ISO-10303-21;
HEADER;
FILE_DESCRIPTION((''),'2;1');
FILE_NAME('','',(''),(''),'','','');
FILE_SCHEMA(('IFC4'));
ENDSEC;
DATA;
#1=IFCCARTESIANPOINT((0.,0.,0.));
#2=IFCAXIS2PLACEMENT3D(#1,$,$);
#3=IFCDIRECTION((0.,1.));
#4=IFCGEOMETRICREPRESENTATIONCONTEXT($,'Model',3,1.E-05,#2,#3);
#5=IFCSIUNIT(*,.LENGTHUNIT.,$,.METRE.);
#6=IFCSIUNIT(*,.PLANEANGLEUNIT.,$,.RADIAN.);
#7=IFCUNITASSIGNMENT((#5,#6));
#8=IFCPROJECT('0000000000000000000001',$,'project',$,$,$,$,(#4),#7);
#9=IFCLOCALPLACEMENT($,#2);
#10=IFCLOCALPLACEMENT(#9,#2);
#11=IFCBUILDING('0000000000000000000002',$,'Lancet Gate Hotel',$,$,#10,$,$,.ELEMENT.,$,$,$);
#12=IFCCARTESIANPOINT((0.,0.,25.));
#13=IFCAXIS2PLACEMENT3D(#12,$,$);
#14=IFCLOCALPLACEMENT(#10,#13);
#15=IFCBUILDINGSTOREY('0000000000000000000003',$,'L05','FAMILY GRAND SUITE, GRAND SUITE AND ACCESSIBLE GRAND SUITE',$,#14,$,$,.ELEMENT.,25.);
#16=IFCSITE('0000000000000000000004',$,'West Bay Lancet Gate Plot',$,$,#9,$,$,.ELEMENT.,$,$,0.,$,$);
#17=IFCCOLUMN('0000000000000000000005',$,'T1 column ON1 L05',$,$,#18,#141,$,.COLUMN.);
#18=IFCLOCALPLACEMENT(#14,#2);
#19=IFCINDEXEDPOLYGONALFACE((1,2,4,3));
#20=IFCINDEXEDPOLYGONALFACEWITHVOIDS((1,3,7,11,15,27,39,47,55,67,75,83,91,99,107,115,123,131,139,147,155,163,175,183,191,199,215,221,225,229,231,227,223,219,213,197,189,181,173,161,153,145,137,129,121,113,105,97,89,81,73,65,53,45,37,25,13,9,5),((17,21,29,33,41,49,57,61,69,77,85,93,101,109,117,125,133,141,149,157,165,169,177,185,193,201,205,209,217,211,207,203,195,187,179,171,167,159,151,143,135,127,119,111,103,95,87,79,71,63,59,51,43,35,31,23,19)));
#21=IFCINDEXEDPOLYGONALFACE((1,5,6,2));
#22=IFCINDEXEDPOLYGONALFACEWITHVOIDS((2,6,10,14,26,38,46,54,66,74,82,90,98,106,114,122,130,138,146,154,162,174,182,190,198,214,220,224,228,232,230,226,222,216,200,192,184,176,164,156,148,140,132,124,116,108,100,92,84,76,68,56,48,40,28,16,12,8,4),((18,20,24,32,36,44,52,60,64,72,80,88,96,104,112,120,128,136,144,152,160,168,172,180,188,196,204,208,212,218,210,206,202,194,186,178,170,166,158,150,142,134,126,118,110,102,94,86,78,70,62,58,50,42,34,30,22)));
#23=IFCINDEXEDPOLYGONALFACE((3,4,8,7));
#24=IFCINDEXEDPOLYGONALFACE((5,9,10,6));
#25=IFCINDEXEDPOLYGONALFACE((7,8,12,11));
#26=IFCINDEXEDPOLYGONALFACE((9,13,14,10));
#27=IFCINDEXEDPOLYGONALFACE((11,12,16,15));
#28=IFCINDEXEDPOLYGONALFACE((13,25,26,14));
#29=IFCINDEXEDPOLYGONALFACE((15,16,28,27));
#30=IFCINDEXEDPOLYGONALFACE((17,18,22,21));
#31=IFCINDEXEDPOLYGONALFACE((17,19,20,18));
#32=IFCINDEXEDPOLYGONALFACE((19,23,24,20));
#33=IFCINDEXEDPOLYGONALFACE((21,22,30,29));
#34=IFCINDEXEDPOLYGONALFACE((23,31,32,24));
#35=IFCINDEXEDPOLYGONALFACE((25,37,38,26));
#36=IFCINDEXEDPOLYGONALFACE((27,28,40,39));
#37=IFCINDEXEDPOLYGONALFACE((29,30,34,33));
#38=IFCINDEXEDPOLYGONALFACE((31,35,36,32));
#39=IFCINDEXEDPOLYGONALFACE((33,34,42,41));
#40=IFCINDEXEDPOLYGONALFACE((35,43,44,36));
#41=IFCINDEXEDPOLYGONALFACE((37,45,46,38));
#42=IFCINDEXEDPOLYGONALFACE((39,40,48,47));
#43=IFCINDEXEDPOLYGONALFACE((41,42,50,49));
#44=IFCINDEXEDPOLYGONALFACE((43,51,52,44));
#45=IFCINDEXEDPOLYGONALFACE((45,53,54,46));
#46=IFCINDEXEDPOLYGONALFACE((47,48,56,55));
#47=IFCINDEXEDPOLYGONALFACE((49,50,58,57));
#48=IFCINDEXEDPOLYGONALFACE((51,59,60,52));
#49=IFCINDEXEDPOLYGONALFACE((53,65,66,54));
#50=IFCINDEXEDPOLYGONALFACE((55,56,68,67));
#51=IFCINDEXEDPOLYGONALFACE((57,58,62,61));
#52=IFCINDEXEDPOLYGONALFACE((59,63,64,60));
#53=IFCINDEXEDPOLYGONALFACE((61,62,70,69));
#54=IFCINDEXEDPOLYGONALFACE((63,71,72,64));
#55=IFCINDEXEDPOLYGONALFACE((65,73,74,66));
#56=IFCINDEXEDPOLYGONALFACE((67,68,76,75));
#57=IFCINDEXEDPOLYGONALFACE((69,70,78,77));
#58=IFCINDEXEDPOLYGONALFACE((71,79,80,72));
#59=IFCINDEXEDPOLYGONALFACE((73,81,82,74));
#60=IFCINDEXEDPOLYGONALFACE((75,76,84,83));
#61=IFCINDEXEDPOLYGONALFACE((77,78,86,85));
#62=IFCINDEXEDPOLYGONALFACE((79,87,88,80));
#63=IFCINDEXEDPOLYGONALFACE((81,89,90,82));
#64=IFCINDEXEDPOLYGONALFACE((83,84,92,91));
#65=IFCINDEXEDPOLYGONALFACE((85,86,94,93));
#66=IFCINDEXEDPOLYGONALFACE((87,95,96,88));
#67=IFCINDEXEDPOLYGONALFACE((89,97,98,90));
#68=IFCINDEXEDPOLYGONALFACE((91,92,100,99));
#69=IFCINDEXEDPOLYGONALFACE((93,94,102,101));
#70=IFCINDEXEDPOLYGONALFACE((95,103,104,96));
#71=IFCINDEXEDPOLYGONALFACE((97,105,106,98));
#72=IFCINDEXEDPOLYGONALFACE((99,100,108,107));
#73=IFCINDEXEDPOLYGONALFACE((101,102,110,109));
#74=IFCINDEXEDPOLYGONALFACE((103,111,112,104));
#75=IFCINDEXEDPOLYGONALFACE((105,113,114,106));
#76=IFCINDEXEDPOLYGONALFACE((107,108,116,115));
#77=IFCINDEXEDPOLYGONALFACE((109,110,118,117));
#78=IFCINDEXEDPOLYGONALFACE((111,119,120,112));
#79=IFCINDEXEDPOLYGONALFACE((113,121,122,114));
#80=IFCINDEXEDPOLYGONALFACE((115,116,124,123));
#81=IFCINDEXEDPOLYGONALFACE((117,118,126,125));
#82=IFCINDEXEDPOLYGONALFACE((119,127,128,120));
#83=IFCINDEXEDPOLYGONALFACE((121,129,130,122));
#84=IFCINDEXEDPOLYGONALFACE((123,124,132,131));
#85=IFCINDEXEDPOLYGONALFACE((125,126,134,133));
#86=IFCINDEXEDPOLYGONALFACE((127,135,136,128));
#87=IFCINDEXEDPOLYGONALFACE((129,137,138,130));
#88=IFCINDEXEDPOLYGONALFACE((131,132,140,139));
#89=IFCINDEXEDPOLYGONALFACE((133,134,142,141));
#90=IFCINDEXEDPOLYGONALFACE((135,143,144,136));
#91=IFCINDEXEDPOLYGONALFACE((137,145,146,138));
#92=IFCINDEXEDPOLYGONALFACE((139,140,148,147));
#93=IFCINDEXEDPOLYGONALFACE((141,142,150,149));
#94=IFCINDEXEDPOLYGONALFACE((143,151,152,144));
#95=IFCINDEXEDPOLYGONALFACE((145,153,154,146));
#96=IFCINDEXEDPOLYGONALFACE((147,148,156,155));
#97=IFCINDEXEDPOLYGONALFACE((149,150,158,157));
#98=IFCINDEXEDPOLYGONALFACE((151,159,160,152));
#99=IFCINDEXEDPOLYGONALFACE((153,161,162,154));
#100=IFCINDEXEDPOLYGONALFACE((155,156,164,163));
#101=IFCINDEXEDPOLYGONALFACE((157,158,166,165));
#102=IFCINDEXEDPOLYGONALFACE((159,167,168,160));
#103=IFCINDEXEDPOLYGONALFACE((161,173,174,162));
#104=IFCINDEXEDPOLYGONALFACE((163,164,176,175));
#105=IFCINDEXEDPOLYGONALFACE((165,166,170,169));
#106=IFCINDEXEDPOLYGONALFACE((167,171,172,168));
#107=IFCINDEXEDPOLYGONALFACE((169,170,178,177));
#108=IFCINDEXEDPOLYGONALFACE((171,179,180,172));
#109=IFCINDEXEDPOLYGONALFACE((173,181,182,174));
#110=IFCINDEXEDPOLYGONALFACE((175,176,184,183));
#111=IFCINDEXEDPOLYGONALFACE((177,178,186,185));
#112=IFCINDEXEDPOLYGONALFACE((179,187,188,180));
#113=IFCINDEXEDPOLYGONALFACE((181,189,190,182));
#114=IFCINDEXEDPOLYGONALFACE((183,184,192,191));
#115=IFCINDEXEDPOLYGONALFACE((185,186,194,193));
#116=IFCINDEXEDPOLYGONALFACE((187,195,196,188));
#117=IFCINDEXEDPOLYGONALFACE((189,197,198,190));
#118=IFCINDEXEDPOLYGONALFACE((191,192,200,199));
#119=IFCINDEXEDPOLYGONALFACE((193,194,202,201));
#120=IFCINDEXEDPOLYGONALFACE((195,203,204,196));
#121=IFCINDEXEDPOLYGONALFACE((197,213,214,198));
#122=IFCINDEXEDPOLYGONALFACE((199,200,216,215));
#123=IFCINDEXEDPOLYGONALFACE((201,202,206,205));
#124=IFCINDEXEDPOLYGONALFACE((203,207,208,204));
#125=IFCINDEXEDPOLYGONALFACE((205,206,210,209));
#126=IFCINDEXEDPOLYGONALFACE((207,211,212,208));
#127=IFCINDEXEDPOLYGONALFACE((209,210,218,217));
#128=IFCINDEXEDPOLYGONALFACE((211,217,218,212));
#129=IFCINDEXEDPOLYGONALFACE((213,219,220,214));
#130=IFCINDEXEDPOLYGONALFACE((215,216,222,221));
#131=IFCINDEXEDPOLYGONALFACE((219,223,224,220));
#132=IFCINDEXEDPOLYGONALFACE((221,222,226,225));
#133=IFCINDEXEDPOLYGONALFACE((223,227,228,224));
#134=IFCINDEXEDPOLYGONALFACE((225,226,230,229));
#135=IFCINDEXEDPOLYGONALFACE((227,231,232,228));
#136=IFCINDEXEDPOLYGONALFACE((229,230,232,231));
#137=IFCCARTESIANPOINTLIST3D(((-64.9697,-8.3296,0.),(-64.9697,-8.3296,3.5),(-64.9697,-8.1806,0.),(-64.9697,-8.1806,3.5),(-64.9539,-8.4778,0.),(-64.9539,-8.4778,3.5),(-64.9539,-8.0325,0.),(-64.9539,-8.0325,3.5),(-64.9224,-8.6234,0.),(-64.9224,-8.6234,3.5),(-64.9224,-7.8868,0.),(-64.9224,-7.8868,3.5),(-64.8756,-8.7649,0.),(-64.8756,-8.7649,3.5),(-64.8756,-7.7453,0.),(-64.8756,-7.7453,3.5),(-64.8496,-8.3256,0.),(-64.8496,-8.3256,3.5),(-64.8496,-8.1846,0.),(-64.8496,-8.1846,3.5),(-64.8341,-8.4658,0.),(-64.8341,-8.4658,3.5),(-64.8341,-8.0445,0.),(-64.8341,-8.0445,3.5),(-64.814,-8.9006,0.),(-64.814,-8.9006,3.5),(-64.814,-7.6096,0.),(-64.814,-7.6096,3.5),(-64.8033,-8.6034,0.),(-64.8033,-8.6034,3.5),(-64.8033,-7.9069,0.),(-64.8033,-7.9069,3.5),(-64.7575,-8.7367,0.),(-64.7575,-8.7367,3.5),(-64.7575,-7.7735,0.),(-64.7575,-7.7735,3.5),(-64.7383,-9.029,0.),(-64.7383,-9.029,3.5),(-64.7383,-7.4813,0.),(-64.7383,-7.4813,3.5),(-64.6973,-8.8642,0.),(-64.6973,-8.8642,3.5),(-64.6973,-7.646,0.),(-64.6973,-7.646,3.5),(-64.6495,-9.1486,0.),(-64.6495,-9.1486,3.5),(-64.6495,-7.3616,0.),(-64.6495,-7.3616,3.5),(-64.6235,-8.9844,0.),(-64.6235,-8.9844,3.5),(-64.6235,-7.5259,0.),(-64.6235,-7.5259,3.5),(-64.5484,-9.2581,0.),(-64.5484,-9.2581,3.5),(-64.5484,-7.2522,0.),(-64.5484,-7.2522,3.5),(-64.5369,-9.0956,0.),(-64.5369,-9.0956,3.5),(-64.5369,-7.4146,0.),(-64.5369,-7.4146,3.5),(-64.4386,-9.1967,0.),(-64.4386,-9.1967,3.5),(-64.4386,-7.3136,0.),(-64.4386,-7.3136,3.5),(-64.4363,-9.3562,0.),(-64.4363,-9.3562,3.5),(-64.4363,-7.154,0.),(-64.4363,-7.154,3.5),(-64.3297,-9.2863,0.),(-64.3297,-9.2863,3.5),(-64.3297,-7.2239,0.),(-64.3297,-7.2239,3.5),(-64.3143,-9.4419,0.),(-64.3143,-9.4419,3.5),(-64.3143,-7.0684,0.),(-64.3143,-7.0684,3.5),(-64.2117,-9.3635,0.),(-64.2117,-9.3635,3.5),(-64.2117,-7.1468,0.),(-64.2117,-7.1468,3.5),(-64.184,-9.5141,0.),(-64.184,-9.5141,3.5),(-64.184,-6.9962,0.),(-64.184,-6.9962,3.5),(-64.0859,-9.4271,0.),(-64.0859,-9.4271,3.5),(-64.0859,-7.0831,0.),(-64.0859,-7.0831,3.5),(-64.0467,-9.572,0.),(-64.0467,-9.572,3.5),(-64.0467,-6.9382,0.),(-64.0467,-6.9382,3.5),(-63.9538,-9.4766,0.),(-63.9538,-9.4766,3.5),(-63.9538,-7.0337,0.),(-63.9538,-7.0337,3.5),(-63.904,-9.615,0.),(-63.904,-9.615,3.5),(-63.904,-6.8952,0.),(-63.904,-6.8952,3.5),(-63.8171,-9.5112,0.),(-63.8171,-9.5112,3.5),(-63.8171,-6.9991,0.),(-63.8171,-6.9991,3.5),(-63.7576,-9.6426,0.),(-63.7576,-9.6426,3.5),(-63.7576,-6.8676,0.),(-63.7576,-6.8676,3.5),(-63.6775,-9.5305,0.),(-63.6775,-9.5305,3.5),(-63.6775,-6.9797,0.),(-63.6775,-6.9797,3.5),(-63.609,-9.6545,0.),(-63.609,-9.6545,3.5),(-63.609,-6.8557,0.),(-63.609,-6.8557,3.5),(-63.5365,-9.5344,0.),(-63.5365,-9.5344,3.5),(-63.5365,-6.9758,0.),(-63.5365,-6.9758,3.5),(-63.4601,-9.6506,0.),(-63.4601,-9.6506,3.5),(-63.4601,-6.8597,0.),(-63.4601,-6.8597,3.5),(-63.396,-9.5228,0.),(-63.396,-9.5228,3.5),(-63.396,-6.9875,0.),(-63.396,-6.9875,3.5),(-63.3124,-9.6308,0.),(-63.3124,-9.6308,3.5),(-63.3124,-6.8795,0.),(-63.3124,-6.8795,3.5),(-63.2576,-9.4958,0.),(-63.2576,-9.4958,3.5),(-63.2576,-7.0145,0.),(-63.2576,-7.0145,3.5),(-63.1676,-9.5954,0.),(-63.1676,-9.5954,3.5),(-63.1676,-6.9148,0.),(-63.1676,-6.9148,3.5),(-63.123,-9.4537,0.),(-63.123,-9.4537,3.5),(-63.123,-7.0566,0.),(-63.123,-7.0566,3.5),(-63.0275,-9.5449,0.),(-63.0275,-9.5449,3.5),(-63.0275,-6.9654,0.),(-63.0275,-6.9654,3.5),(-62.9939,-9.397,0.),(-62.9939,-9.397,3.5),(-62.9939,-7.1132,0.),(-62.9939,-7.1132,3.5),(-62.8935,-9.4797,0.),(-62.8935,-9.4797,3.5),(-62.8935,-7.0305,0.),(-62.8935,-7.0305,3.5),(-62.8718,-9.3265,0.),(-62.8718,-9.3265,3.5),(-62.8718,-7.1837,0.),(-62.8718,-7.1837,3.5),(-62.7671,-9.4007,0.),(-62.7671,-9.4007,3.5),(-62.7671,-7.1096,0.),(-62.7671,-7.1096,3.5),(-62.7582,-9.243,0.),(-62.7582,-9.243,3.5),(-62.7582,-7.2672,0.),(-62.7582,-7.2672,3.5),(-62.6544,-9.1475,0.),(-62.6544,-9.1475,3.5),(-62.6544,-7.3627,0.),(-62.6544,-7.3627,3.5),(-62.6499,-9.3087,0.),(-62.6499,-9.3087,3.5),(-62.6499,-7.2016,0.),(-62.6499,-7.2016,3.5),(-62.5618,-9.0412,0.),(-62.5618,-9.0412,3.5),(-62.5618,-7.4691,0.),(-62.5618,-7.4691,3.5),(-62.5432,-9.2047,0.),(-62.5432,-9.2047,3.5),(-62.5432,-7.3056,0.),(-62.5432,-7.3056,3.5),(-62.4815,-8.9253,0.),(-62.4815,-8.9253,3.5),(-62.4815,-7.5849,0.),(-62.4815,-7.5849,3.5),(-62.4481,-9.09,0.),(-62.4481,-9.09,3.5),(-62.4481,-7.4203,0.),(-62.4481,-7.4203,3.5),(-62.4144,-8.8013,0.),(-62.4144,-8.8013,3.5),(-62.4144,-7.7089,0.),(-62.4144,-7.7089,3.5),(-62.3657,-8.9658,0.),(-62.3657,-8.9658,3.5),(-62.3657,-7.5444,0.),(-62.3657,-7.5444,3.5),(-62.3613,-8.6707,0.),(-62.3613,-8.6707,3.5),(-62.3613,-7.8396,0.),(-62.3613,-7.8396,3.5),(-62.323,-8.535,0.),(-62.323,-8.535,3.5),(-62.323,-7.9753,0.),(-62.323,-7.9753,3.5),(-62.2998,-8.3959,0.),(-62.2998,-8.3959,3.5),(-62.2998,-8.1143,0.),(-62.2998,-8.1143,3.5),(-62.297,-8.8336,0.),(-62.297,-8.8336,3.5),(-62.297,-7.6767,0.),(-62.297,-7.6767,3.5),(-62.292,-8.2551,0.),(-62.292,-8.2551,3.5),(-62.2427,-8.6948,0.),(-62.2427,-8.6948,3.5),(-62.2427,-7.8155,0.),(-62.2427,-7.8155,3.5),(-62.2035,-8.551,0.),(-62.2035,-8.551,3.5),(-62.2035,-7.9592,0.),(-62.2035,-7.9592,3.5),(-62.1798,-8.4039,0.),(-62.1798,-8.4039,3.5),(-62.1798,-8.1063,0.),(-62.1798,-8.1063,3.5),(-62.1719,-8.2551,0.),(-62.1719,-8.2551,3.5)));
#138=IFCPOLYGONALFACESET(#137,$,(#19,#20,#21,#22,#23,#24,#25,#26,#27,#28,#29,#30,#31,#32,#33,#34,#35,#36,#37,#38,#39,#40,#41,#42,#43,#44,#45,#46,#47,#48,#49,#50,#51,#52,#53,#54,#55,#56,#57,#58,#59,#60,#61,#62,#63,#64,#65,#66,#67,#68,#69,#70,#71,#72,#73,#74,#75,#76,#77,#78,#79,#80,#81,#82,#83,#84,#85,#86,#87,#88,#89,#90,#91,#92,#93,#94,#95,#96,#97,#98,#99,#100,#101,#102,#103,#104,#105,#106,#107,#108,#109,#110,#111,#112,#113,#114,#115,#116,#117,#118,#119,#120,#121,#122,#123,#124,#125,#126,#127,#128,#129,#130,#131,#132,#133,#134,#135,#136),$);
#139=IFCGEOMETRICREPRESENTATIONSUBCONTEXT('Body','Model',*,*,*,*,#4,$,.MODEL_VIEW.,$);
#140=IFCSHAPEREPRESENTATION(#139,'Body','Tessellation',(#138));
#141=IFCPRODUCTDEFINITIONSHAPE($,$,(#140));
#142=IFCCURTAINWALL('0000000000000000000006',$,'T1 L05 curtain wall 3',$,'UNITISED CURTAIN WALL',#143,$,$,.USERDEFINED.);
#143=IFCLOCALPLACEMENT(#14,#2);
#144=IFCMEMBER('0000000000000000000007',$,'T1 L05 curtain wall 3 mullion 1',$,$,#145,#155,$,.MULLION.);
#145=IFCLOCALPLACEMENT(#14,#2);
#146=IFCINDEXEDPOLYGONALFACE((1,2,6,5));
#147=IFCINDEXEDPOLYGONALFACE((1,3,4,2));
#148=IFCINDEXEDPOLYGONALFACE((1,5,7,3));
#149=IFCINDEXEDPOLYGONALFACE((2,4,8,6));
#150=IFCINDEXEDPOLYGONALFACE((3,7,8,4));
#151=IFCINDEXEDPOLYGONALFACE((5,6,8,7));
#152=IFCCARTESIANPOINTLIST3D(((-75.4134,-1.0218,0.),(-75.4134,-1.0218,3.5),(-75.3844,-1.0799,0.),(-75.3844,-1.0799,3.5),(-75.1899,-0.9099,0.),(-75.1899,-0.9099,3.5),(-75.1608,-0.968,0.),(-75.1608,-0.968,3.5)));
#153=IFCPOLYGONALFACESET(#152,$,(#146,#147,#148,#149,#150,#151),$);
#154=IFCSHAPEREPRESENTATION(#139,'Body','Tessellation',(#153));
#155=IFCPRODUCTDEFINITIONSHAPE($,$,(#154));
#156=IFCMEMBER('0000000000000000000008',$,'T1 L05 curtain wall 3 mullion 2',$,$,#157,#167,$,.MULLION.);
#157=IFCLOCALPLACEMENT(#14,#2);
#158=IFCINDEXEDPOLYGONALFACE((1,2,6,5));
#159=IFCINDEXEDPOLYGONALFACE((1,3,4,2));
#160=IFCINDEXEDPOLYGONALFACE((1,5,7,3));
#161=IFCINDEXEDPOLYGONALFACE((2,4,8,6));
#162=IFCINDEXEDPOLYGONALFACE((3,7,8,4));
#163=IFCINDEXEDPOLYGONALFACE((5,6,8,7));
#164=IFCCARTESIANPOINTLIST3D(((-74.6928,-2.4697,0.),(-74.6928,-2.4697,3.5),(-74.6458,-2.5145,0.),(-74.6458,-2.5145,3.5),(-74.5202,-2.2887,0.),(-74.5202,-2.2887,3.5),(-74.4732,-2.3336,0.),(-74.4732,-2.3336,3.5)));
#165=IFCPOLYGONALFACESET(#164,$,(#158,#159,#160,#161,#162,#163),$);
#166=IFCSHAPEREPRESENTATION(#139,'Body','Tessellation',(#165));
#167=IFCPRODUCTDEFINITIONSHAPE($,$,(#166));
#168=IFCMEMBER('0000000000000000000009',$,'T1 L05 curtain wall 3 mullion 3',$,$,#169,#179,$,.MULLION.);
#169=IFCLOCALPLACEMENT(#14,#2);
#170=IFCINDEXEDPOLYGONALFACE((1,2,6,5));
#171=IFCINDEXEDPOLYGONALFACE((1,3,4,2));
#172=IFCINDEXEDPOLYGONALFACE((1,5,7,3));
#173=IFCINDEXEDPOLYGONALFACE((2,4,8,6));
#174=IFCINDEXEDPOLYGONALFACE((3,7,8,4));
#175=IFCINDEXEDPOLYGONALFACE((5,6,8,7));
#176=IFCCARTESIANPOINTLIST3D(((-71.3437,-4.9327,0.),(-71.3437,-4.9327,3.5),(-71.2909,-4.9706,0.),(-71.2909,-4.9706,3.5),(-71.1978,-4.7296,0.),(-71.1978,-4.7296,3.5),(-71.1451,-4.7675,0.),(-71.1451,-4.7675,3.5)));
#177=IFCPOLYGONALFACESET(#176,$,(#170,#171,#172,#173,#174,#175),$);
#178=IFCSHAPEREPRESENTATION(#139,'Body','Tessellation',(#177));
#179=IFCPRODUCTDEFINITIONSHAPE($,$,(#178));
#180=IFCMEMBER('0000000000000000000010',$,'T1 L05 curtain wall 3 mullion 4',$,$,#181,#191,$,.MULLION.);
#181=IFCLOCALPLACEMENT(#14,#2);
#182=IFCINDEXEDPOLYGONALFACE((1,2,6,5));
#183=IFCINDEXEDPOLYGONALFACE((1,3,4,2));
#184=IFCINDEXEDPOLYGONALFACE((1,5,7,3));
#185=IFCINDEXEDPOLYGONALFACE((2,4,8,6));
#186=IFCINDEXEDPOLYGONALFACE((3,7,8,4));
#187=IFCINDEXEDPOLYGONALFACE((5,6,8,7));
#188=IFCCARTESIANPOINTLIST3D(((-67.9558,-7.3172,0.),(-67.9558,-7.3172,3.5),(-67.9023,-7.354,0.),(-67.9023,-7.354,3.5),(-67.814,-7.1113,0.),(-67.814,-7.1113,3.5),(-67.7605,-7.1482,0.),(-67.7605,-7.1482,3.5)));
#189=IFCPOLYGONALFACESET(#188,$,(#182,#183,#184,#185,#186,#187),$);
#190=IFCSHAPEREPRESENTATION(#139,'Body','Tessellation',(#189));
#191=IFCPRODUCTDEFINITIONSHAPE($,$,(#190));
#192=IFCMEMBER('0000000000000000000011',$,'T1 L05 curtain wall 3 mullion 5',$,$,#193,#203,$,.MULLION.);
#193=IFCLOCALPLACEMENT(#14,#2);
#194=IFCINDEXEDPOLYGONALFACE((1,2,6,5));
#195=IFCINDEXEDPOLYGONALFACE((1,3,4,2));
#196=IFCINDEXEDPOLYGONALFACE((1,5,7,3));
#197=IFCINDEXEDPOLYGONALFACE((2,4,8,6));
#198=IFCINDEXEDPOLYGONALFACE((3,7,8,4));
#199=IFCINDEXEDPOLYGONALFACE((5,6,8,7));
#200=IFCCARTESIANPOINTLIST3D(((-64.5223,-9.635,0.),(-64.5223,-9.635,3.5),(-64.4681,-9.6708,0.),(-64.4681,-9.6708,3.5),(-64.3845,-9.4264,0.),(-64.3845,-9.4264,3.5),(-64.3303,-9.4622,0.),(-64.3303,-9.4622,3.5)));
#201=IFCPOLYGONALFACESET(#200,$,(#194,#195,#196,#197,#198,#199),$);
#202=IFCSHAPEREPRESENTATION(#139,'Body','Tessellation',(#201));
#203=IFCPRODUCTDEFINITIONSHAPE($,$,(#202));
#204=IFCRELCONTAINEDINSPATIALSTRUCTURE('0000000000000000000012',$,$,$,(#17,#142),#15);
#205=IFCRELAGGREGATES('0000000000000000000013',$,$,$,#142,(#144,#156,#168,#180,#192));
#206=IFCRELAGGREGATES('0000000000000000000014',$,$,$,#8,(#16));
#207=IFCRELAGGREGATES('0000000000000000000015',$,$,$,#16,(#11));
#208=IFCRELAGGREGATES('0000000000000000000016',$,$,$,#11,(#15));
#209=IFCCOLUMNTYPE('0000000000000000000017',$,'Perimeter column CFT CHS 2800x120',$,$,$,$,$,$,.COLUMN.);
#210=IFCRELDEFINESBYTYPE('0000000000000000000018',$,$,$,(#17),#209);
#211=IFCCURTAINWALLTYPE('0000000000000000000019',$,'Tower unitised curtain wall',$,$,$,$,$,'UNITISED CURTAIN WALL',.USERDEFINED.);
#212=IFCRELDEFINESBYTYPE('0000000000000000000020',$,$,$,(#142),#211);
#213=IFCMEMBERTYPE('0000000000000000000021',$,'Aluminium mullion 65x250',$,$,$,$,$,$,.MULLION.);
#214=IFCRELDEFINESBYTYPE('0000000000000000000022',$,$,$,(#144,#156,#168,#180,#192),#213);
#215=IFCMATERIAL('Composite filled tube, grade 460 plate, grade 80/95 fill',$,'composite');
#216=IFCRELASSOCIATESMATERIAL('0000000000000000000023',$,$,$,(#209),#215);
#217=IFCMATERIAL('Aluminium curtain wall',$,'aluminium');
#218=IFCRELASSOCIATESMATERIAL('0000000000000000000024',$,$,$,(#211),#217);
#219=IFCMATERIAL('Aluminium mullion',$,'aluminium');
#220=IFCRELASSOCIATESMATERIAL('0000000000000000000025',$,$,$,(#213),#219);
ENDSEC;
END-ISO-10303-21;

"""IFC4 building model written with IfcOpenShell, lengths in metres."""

from ifc_helpers import new_model, si_unit, direction, frame, origin, origin_2d, place, context, subcontext, project, spatial, rectangle, hollow_circle, extrude, material, material_profile, profile_set, type_object, element, aggregate, save


model = new_model("IFC4")

# Units and contexts
model_context = context("Model", 3, precision=1e-05, world=origin(), true_north=direction((0.0, 1.0)))
body_context = subcontext(model_context, "Body", "Model", "MODEL_VIEW")
ifc_project = project(units=[si_unit("LENGTHUNIT", "METRE"), si_unit("PLANEANGLEUNIT", "RADIAN")], contexts=[model_context])

# Site, building, storey
site_placement = place(None, origin())
site = spatial("IfcSite", under=ifc_project, at=site_placement, Name="West Bay Lancet Gate Plot", CompositionType="ELEMENT", RefElevation=0.0)
building_placement = place(site_placement, origin())
building = spatial("IfcBuilding", under=site, at=building_placement, Name="Lancet Gate Hotel", CompositionType="ELEMENT")
storey_placement = place(building_placement, frame((0.0, 0.0, 25.0)))
storey = spatial("IfcBuildingStorey", under=building, at=storey_placement, Name="L05", Description="FAMILY GRAND SUITE, GRAND SUITE AND ACCESSIBLE GRAND SUITE", CompositionType="ELEMENT", Elevation=25.0)

# Column
ifc_material_1 = material(Name="Composite filled tube, grade 460 plate, grade 80/95 fill", Category="composite")
ifc_material_profile_1 = material_profile(ifc_material_1, hollow_circle(Radius=1.3999, WallThickness=0.1201, at=origin_2d()), Name="CHS 2800x120")
ifc_profile_set_1 = profile_set([ifc_material_profile_1], Name="Composite filled tube, grade 460 plate, grade 80/95 fill")
column_type_1 = type_object("IfcColumnType", Name="Perimeter column CFT CHS 2800x120", PredefinedType="COLUMN", material=ifc_profile_set_1)
column_1_placement = place(storey_placement, frame((-63.5718, -8.2551, 0.0), z_axis=(0.0, 0.0, 1.0), x_axis=(1.0, 0.0, 0.0)))
element("IfcColumn", 1, at=column_1_placement, inside=storey, type_object=column_type_1, Name="T1 column ON1 L05", PredefinedType="COLUMN", context=body_context, shape_type="SweptSolid", body=[
    extrude(hollow_circle(Radius=1.3999, WallThickness=0.1201, at=origin_2d()), origin(), (0.0, 0.0, 1.0), 3.5),
])

# Curtain wall, members
ifc_material_2 = material(Name="Aluminium curtain wall", Category="aluminium")
curtain_wall_type = type_object("IfcCurtainWallType", Name="Tower unitised curtain wall", ElementType="UNITISED CURTAIN WALL", PredefinedType="USERDEFINED", material=ifc_material_2)
curtain_wall_placement = place(storey_placement, origin())
curtain_wall = element("IfcCurtainWall", 2, at=curtain_wall_placement, inside=storey, type_object=curtain_wall_type, Name="T1 L05 curtain wall 3", ObjectType="UNITISED CURTAIN WALL", PredefinedType="USERDEFINED")
ifc_material_3 = material(Name="Aluminium mullion", Category="aluminium")
ifc_material_profile_2 = material_profile(ifc_material_3, rectangle(XDim=0.0649, YDim=0.25, at=origin_2d()), Name="MULLION 65x250")
ifc_profile_set_2 = profile_set([ifc_material_profile_2], Name="Aluminium mullion")
member_type_1 = type_object("IfcMemberType", Name="Aluminium mullion 65x250", PredefinedType="MULLION", material=ifc_profile_set_2)
member_1_placement = place(storey_placement, frame((-75.2871, -0.9949, 0.0), z_axis=(0.0, 0.0, 1.0), x_axis=(0.447628, -0.89422, 0.0)))
member_1 = element("IfcMember", 3, at=member_1_placement, type_object=member_type_1, Name="T1 L05 curtain wall 3 mullion 1", PredefinedType="MULLION", context=body_context, shape_type="SweptSolid", body=[
    extrude(rectangle(XDim=0.0649, YDim=0.25, at=origin_2d()), origin(), (0.0, 0.0, 1.0), 3.5),
])
member_2_placement = place(storey_placement, frame((-74.583, -2.4016, 0.0), z_axis=(0.0, 0.0, 1.0), x_axis=(0.723696, -0.690119, 0.0)))
member_2 = element("IfcMember", 4, at=member_2_placement, type_object=member_type_1, Name="T1 L05 curtain wall 3 mullion 2", PredefinedType="MULLION", context=body_context, shape_type="SweptSolid", body=[
    extrude(rectangle(XDim=0.0649, YDim=0.25, at=origin_2d()), origin(), (0.0, 0.0, 1.0), 3.5),
])
member_3_placement = place(storey_placement, frame((-71.2444, -4.8501, 0.0), z_axis=(0.0, 0.0, 1.0), x_axis=(0.812147, -0.583453, 0.0)))
member_3 = element("IfcMember", 5, at=member_3_placement, type_object=member_type_1, Name="T1 L05 curtain wall 3 mullion 3", PredefinedType="MULLION", context=body_context, shape_type="SweptSolid", body=[
    extrude(rectangle(XDim=0.0649, YDim=0.25, at=origin_2d()), origin(), (0.0, 0.0, 1.0), 3.5),
])
member_4_placement = place(storey_placement, frame((-67.8582, -7.2327, 0.0), z_axis=(0.0, 0.0, 1.0), x_axis=(0.823425, -0.567425, 0.0)))
member_4 = element("IfcMember", 6, at=member_4_placement, type_object=member_type_1, Name="T1 L05 curtain wall 3 mullion 4", PredefinedType="MULLION", context=body_context, shape_type="SweptSolid", body=[
    extrude(rectangle(XDim=0.0649, YDim=0.25, at=origin_2d()), origin(), (0.0, 0.0, 1.0), 3.5),
])
member_5_placement = place(storey_placement, frame((-64.4263, -9.5486, 0.0), z_axis=(0.0, 0.0, 1.0), x_axis=(0.834387, -0.551178, 0.0)))
member_5 = element("IfcMember", 7, at=member_5_placement, type_object=member_type_1, Name="T1 L05 curtain wall 3 mullion 5", PredefinedType="MULLION", context=body_context, shape_type="SweptSolid", body=[
    extrude(rectangle(XDim=0.0649, YDim=0.25, at=origin_2d()), origin(), (0.0, 0.0, 1.0), 3.5),
])

aggregate(curtain_wall, [member_1, member_2, member_3, member_4, member_5])

save(model, "model.ifc")
